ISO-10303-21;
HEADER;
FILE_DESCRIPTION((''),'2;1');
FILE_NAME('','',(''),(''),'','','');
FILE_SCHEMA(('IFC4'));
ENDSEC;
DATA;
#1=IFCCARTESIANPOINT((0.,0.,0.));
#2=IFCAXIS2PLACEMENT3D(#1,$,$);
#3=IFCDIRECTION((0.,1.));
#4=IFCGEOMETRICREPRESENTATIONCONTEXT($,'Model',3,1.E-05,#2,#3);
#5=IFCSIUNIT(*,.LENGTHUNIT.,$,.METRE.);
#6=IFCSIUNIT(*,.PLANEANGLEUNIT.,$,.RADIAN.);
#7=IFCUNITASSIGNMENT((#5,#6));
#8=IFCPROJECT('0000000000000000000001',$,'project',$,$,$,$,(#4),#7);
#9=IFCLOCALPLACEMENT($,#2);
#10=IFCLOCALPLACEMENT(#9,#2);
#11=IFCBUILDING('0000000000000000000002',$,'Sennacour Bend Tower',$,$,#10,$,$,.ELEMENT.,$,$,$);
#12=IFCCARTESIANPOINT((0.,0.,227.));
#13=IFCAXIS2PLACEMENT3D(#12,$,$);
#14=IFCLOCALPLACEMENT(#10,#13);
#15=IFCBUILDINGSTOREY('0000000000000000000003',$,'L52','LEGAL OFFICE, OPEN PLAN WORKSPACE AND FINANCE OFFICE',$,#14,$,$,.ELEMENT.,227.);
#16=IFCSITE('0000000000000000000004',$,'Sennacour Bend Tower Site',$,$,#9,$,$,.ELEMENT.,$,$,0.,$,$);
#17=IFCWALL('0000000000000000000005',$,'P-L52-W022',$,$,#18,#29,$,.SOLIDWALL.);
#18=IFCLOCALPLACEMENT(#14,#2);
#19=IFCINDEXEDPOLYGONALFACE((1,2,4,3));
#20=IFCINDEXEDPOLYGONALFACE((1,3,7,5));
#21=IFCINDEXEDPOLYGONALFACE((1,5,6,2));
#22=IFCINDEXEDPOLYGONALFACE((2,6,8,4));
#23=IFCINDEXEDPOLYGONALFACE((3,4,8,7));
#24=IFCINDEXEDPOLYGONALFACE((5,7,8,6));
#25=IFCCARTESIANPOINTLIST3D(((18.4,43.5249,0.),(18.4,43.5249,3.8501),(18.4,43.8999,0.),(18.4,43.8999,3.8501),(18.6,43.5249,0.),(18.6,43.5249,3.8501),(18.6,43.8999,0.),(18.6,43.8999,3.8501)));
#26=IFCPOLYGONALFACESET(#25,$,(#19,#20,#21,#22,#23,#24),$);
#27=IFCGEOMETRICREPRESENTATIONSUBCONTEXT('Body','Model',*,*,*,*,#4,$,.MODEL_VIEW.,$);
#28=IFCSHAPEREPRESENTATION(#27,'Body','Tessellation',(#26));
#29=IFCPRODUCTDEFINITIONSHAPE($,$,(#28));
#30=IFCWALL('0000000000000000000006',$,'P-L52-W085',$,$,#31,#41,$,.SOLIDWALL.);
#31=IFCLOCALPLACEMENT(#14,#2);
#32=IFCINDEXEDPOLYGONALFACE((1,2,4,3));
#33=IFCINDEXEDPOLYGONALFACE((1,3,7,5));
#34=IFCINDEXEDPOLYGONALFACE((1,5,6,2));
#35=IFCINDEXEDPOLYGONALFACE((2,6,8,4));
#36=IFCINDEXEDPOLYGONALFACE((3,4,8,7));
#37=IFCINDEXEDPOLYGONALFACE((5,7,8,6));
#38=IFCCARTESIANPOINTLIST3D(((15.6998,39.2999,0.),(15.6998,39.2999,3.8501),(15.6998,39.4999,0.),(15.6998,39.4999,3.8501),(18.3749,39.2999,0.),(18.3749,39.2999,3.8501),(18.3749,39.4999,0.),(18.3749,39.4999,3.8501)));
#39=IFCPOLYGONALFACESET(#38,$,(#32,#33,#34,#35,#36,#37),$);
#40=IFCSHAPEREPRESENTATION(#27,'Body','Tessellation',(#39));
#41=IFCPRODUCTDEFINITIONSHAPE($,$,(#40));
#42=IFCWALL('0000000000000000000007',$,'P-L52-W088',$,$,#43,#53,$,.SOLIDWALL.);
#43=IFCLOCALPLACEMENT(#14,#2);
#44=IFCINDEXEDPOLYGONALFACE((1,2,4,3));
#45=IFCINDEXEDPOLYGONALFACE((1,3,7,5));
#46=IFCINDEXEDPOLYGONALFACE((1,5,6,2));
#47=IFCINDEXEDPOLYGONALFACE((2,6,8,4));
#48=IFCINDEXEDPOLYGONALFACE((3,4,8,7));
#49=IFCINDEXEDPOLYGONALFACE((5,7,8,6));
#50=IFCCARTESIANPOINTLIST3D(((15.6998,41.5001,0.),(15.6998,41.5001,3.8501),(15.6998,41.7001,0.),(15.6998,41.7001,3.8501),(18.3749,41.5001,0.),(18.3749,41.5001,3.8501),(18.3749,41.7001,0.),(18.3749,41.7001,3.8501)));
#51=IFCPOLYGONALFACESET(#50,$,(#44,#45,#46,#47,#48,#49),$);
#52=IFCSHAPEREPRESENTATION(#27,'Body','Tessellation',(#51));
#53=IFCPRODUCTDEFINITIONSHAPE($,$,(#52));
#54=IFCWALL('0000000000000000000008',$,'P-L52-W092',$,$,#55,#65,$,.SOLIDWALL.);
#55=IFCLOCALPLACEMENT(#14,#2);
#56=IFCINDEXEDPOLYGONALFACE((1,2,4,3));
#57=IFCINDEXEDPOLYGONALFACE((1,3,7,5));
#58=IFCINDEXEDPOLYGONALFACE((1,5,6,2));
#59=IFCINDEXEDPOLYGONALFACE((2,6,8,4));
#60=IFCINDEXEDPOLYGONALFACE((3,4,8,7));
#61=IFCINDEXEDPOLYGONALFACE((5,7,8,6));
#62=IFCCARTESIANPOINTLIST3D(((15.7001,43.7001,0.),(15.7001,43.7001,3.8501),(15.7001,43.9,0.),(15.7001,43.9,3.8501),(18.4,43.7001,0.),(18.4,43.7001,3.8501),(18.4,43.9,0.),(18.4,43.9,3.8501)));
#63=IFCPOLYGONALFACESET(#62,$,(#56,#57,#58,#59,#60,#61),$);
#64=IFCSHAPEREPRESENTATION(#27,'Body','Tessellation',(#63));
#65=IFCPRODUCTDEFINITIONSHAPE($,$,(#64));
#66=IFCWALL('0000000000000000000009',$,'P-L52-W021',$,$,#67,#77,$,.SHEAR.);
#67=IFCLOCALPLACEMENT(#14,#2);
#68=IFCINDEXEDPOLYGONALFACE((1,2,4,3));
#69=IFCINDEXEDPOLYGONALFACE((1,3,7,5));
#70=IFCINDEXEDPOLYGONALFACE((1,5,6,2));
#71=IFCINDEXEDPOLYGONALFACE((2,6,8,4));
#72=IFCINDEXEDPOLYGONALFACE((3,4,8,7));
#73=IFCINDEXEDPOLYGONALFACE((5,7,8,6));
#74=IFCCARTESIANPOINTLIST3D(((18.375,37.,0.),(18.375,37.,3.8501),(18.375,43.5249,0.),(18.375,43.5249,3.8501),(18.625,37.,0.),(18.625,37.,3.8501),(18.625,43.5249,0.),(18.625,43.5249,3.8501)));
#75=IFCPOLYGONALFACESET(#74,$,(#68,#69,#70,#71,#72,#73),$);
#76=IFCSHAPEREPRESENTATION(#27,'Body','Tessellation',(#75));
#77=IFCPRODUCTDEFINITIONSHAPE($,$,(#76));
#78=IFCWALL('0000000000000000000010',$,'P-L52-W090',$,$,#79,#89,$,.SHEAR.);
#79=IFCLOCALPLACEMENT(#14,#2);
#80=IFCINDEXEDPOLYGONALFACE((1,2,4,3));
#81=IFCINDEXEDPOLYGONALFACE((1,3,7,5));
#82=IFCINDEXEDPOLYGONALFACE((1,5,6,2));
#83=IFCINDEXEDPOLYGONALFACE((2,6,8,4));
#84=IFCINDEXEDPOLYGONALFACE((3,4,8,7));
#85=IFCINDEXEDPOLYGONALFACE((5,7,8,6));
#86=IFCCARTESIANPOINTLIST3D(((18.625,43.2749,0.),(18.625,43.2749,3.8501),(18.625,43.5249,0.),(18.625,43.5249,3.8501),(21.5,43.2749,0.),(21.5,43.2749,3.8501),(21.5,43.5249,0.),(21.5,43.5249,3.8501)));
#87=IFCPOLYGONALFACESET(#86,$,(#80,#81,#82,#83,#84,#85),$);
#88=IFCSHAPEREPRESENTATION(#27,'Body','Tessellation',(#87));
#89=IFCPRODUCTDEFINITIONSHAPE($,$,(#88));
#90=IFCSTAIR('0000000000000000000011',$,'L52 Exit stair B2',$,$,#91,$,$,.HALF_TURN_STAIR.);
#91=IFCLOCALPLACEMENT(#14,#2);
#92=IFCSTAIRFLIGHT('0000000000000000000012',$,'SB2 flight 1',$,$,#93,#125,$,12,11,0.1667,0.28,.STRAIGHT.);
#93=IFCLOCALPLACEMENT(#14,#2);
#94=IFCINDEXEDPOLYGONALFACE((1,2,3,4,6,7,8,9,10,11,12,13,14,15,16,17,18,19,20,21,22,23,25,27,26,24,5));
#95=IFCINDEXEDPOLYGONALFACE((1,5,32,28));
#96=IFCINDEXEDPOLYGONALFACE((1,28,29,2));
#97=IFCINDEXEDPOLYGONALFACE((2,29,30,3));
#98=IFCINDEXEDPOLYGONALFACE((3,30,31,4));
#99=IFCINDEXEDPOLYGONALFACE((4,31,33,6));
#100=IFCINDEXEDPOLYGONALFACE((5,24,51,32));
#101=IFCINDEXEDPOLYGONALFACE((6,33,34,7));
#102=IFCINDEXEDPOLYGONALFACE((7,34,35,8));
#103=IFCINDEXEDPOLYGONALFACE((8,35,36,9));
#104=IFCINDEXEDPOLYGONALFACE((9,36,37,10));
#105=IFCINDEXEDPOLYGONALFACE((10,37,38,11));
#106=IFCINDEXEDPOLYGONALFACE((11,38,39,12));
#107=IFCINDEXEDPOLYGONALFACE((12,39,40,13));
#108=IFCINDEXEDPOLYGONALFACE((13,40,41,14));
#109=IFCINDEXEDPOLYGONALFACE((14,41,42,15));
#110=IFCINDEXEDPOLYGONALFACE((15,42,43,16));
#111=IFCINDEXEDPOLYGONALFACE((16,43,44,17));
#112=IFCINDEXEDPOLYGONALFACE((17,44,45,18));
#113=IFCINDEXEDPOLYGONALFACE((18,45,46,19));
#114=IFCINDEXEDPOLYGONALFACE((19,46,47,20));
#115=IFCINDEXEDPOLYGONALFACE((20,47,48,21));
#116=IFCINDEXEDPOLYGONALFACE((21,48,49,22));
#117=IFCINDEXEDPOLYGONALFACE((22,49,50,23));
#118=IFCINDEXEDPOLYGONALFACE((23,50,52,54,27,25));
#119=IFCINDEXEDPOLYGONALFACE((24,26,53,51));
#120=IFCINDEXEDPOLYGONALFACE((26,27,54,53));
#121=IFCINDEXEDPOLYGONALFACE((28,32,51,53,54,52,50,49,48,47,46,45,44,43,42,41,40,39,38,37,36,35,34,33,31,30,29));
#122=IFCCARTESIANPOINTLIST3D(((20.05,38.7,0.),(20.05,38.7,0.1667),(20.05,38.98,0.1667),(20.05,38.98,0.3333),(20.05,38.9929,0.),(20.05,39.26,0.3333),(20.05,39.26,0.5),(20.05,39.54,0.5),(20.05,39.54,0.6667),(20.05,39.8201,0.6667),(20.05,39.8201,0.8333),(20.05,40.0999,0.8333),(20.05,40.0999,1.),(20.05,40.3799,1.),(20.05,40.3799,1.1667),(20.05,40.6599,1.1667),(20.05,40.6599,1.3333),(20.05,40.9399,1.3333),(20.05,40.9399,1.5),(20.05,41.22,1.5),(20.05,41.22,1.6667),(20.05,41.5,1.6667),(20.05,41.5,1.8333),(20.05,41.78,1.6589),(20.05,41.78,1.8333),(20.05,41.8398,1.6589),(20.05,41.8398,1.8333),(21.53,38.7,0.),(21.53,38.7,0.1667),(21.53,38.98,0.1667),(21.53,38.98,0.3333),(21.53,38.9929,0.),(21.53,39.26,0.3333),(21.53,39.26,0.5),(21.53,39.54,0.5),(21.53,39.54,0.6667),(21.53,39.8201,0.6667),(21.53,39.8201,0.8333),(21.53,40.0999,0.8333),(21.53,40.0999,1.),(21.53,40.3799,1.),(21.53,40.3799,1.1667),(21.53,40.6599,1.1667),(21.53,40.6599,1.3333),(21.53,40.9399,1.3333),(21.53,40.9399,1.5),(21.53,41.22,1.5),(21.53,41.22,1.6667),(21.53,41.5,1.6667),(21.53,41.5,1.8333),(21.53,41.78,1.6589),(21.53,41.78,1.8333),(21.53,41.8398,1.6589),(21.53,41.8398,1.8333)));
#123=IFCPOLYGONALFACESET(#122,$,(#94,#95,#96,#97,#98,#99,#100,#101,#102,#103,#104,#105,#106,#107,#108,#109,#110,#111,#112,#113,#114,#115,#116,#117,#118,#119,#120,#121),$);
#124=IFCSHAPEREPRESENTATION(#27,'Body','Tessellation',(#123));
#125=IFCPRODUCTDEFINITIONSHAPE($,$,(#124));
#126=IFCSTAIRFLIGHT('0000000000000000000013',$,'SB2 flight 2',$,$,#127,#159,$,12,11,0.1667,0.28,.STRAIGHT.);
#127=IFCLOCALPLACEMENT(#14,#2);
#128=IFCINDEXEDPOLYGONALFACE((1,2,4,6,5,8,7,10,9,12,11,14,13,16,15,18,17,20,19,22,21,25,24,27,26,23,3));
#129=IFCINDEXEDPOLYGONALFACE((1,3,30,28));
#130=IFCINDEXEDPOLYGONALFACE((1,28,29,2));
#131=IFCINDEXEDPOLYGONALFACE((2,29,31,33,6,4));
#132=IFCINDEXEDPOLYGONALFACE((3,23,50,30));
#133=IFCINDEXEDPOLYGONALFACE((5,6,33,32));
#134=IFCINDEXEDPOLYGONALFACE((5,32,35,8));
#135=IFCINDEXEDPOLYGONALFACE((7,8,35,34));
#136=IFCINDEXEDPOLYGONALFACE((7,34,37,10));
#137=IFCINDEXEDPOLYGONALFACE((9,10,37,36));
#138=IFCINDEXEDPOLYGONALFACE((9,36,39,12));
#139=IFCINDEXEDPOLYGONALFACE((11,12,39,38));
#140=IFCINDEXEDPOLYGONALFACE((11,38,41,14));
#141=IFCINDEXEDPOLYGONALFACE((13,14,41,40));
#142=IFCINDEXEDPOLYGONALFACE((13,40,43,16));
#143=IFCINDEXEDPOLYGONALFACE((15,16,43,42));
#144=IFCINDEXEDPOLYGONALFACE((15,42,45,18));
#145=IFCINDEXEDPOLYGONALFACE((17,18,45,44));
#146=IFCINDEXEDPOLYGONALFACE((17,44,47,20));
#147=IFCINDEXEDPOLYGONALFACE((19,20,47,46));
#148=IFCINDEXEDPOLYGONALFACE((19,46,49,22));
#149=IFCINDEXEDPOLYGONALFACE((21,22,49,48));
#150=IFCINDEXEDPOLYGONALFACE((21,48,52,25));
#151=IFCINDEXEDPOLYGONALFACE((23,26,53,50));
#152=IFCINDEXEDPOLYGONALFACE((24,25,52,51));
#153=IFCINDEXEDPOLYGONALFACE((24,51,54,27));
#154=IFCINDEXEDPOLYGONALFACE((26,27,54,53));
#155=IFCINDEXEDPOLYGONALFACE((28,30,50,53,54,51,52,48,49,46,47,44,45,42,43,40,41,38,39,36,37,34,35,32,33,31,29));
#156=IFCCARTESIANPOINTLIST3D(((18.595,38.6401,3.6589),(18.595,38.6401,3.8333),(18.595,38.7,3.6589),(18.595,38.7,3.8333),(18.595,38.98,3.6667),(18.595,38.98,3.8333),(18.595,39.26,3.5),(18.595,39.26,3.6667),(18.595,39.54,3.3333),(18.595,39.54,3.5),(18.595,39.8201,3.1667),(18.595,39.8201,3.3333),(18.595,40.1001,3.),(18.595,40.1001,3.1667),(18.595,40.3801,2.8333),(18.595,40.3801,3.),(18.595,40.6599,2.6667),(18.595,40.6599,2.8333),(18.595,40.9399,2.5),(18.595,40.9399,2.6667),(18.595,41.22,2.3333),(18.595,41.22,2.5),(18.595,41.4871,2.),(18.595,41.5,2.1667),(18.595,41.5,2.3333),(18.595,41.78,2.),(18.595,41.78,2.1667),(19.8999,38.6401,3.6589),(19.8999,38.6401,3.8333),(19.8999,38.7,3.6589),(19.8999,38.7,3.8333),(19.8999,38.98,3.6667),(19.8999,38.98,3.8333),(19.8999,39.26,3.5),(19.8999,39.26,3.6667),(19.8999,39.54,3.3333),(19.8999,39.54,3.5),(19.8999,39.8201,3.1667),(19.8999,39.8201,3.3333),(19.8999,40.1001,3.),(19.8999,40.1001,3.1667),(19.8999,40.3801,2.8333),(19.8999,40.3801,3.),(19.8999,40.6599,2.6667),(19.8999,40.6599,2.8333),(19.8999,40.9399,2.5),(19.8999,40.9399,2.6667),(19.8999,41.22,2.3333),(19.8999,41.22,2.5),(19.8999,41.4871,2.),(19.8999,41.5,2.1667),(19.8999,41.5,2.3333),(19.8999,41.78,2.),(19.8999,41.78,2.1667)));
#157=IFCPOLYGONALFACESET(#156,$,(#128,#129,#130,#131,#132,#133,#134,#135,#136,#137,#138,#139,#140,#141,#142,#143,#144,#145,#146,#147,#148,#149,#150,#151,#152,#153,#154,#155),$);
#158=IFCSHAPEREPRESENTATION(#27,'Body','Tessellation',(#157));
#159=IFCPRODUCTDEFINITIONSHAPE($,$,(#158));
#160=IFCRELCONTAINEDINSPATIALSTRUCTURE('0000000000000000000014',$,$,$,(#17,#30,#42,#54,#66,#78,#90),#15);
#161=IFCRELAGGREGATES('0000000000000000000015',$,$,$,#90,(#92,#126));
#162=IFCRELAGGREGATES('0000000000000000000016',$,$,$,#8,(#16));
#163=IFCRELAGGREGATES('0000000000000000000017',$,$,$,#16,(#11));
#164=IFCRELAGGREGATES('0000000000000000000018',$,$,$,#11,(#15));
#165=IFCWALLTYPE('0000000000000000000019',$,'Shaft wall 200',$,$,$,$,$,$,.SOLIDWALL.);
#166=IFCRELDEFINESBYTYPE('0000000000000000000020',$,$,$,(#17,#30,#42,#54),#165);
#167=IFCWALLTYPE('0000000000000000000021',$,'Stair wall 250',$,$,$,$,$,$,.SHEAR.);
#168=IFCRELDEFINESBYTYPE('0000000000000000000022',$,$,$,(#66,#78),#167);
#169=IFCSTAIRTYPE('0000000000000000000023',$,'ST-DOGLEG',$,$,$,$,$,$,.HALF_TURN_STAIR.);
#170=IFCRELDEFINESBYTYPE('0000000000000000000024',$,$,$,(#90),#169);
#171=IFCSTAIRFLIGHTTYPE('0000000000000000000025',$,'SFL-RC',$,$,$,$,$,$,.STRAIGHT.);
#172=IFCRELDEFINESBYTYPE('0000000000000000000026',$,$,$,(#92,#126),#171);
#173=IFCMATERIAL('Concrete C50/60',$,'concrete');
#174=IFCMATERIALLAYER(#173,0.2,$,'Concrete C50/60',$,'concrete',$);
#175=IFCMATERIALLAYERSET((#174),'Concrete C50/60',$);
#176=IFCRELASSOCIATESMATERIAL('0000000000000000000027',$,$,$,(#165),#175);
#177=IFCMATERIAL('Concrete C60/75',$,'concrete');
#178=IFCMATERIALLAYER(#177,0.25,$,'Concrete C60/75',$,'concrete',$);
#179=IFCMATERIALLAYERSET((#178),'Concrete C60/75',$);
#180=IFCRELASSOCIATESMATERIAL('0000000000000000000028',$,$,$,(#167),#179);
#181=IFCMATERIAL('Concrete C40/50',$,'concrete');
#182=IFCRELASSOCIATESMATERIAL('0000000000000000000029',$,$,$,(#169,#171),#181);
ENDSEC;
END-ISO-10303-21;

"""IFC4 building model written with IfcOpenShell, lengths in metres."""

from ifc_helpers import new_model, si_unit, direction, frame, frame_2d, origin, place, context, subcontext, project, spatial, polyline, rectangle, outline, extrude, material, layer, layer_set, type_object, element, aggregate, save


model = new_model("IFC4")

# Units and contexts
model_context = context("Model", 3, precision=1e-05, world=origin(), true_north=direction((0.0, 1.0)))
body_context = subcontext(model_context, "Body", "Model", "MODEL_VIEW")
ifc_project = project(units=[si_unit("LENGTHUNIT", "METRE"), si_unit("PLANEANGLEUNIT", "RADIAN")], contexts=[model_context])

# Site, building, storey
site_placement = place(None, origin())
site = spatial("IfcSite", under=ifc_project, at=site_placement, Name="Sennacour Bend Tower Site", CompositionType="ELEMENT", RefElevation=0.0)
building_placement = place(site_placement, origin())
building = spatial("IfcBuilding", under=site, at=building_placement, Name="Sennacour Bend Tower", CompositionType="ELEMENT")
storey_placement = place(building_placement, frame((0.0, 0.0, 227.0)))
storey = spatial("IfcBuildingStorey", under=building, at=storey_placement, Name="L52", Description="LEGAL OFFICE, OPEN PLAN WORKSPACE AND FINANCE OFFICE", CompositionType="ELEMENT", Elevation=227.0)

# Shared definitions
ifc_material_1 = material(Name="Concrete C60/75", Category="concrete")

# Walls
ifc_material_2 = material(Name="Concrete C50/60", Category="concrete")
ifc_layer_1 = layer(ifc_material_2, 0.2, Name="Concrete C50/60", Category="concrete")
ifc_layer_set_1 = layer_set([ifc_layer_1], Name="Concrete C50/60")
wall_type_1 = type_object("IfcWallType", Name="Shaft wall 200", PredefinedType="SOLIDWALL", material=ifc_layer_set_1)
wall_1_placement = place(storey_placement, frame((18.5, 43.5249, 0.0), z_axis=(0.0, 0.0, 1.0), x_axis=(0.0, 1.0, 0.0)))
element("IfcWall", 1, at=wall_1_placement, inside=storey, type_object=wall_type_1, Name="P-L52-W022", PredefinedType="SOLIDWALL", context=body_context, shape_type="SweptSolid", body=[
    extrude(rectangle(XDim=0.375, YDim=0.2, at=frame_2d((0.1875, 0.0))), origin(), (0.0, 0.0, 1.0), 3.8501),
])
for number, where, z_axis, x_axis, name in (
    (2, (15.7, 39.3999, 0.0), (0.0, 0.0, 1.0), (1.0, 0.0, 0.0), "P-L52-W085"),
    (3, (15.7, 41.6001, 0.0), (0.0, 0.0, 1.0), (1.0, 0.0, 0.0), "P-L52-W088"),
):
    element("IfcWall", number, at=place(storey_placement, frame(where, z_axis=z_axis, x_axis=x_axis)), inside=storey, type_object=wall_type_1, Name=name, PredefinedType="SOLIDWALL", context=body_context, shape_type="SweptSolid", body=[
        extrude(rectangle(XDim=2.675, YDim=0.2, at=frame_2d((1.3374, 0.0))), origin(), (0.0, 0.0, 1.0), 3.8501),
    ])
wall_2_placement = place(storey_placement, frame((15.7, 43.8, 0.0), z_axis=(0.0, 0.0, 1.0), x_axis=(1.0, 0.0, 0.0)))
element("IfcWall", 4, at=wall_2_placement, inside=storey, type_object=wall_type_1, Name="P-L52-W092", PredefinedType="SOLIDWALL", context=body_context, shape_type="SweptSolid", body=[
    extrude(rectangle(XDim=2.7, YDim=0.2, at=frame_2d((1.3501, 0.0))), origin(), (0.0, 0.0, 1.0), 3.8501),
])
ifc_layer_2 = layer(ifc_material_1, 0.25, Name="Concrete C60/75", Category="concrete")
ifc_layer_set_2 = layer_set([ifc_layer_2], Name="Concrete C60/75")
wall_type_2 = type_object("IfcWallType", Name="Stair wall 250", PredefinedType="SHEAR", material=ifc_layer_set_2)
wall_3_placement = place(storey_placement, frame((18.5, 37.0, 0.0), z_axis=(0.0, 0.0, 1.0), x_axis=(0.0, 1.0, 0.0)))
element("IfcWall", 5, at=wall_3_placement, inside=storey, type_object=wall_type_2, Name="P-L52-W021", PredefinedType="SHEAR", context=body_context, shape_type="SweptSolid", body=[
    extrude(rectangle(XDim=6.5249, YDim=0.25, at=frame_2d((3.2625, 0.0))), origin(), (0.0, 0.0, 1.0), 3.8501),
])
wall_4_placement = place(storey_placement, frame((18.625, 43.3999, 0.0), z_axis=(0.0, 0.0, 1.0), x_axis=(1.0, 0.0, 0.0)))
element("IfcWall", 6, at=wall_4_placement, inside=storey, type_object=wall_type_2, Name="P-L52-W090", PredefinedType="SHEAR", context=body_context, shape_type="SweptSolid", body=[
    extrude(rectangle(XDim=2.875, YDim=0.25, at=frame_2d((1.4375, 0.0))), origin(), (0.0, 0.0, 1.0), 3.8501),
])

# Stair, stair flights
ifc_material_3 = material(Name="Concrete C40/50", Category="concrete")
stair_type = type_object("IfcStairType", Name="ST-DOGLEG", PredefinedType="HALF_TURN_STAIR", material=ifc_material_3)
stair_placement = place(storey_placement, origin())
stair = element("IfcStair", 7, at=stair_placement, inside=storey, type_object=stair_type, Name="L52 Exit stair B2", PredefinedType="HALF_TURN_STAIR")
stair_flight_type = type_object("IfcStairFlightType", Name="SFL-RC", PredefinedType="STRAIGHT", material=ifc_material_3)
stair_flight_1_placement = place(storey_placement, frame((20.79, 38.7, 0.0), z_axis=(0.0, 0.0, 1.0), x_axis=(0.0, 1.0, 0.0)))
stair_flight_1 = element("IfcStairFlight", 8, at=stair_flight_1_placement, type_object=stair_flight_type, Name="SB2 flight 1", NumberOfRisers=12, NumberOfTreads=11, PredefinedType="STRAIGHT", RiserHeight=0.1667, TreadLength=0.28, context=body_context, shape_type="SweptSolid", body=[
    extrude(outline(polyline([(0.0, 0.0), (0.0, 0.1667), (0.28, 0.1667), (0.28, 0.3333), (0.5601, 0.3333), (0.5601, 0.5), (0.8401, 0.5), (0.8401, 0.6667), (1.1201, 0.6667), (1.1201, 0.8333), (1.3999, 0.8333), (1.3999, 1.0), (1.6799, 1.0), (1.6799, 1.1667), (1.96, 1.1667), (1.96, 1.3333), (2.24, 1.3333), (2.24, 1.5), (2.52, 1.5), (2.52, 1.6667), (2.8, 1.6667), (2.8, 1.8333), (3.0801, 1.8333), (3.1399, 1.8333), (3.1399, 1.6589), (3.0801, 1.6589), (0.293, 0.0), (0.0, 0.0)])), frame((0.0, 0.74, 0.0), z_axis=(0.0, -1.0, 0.0), x_axis=(1.0, 0.0, 0.0)), (0.0, 0.0, 1.0), 1.48),
])
stair_flight_2_placement = place(storey_placement, frame((19.2476, 41.78, 2.0), z_axis=(0.0, 0.0, 1.0), x_axis=(0.0, -1.0, 0.0)))
stair_flight_2 = element("IfcStairFlight", 9, at=stair_flight_2_placement, type_object=stair_flight_type, Name="SB2 flight 2", NumberOfRisers=12, NumberOfTreads=11, PredefinedType="STRAIGHT", RiserHeight=0.1667, TreadLength=0.28, context=body_context, shape_type="SweptSolid", body=[
    extrude(outline(polyline([(0.0, 0.0), (0.0, 0.1667), (0.28, 0.1667), (0.28, 0.3333), (0.5601, 0.3333), (0.5601, 0.5), (0.8401, 0.5), (0.8401, 0.6667), (1.1201, 0.6667), (1.1201, 0.8333), (1.3999, 0.8333), (1.3999, 1.0), (1.6799, 1.0), (1.6799, 1.1667), (1.96, 1.1667), (1.96, 1.3333), (2.24, 1.3333), (2.24, 1.5), (2.52, 1.5), (2.52, 1.6667), (2.8, 1.6667), (2.8, 1.8333), (3.0801, 1.8333), (3.1399, 1.8333), (3.1399, 1.6589), (3.0801, 1.6589), (0.293, 0.0), (0.0, 0.0)])), frame((0.0, 0.6523, 0.0), z_axis=(0.0, -1.0, 0.0), x_axis=(1.0, 0.0, 0.0)), (0.0, 0.0, 1.0), 1.3049),
])
aggregate(stair, [stair_flight_1, stair_flight_2])

save(model, "model.ifc")
